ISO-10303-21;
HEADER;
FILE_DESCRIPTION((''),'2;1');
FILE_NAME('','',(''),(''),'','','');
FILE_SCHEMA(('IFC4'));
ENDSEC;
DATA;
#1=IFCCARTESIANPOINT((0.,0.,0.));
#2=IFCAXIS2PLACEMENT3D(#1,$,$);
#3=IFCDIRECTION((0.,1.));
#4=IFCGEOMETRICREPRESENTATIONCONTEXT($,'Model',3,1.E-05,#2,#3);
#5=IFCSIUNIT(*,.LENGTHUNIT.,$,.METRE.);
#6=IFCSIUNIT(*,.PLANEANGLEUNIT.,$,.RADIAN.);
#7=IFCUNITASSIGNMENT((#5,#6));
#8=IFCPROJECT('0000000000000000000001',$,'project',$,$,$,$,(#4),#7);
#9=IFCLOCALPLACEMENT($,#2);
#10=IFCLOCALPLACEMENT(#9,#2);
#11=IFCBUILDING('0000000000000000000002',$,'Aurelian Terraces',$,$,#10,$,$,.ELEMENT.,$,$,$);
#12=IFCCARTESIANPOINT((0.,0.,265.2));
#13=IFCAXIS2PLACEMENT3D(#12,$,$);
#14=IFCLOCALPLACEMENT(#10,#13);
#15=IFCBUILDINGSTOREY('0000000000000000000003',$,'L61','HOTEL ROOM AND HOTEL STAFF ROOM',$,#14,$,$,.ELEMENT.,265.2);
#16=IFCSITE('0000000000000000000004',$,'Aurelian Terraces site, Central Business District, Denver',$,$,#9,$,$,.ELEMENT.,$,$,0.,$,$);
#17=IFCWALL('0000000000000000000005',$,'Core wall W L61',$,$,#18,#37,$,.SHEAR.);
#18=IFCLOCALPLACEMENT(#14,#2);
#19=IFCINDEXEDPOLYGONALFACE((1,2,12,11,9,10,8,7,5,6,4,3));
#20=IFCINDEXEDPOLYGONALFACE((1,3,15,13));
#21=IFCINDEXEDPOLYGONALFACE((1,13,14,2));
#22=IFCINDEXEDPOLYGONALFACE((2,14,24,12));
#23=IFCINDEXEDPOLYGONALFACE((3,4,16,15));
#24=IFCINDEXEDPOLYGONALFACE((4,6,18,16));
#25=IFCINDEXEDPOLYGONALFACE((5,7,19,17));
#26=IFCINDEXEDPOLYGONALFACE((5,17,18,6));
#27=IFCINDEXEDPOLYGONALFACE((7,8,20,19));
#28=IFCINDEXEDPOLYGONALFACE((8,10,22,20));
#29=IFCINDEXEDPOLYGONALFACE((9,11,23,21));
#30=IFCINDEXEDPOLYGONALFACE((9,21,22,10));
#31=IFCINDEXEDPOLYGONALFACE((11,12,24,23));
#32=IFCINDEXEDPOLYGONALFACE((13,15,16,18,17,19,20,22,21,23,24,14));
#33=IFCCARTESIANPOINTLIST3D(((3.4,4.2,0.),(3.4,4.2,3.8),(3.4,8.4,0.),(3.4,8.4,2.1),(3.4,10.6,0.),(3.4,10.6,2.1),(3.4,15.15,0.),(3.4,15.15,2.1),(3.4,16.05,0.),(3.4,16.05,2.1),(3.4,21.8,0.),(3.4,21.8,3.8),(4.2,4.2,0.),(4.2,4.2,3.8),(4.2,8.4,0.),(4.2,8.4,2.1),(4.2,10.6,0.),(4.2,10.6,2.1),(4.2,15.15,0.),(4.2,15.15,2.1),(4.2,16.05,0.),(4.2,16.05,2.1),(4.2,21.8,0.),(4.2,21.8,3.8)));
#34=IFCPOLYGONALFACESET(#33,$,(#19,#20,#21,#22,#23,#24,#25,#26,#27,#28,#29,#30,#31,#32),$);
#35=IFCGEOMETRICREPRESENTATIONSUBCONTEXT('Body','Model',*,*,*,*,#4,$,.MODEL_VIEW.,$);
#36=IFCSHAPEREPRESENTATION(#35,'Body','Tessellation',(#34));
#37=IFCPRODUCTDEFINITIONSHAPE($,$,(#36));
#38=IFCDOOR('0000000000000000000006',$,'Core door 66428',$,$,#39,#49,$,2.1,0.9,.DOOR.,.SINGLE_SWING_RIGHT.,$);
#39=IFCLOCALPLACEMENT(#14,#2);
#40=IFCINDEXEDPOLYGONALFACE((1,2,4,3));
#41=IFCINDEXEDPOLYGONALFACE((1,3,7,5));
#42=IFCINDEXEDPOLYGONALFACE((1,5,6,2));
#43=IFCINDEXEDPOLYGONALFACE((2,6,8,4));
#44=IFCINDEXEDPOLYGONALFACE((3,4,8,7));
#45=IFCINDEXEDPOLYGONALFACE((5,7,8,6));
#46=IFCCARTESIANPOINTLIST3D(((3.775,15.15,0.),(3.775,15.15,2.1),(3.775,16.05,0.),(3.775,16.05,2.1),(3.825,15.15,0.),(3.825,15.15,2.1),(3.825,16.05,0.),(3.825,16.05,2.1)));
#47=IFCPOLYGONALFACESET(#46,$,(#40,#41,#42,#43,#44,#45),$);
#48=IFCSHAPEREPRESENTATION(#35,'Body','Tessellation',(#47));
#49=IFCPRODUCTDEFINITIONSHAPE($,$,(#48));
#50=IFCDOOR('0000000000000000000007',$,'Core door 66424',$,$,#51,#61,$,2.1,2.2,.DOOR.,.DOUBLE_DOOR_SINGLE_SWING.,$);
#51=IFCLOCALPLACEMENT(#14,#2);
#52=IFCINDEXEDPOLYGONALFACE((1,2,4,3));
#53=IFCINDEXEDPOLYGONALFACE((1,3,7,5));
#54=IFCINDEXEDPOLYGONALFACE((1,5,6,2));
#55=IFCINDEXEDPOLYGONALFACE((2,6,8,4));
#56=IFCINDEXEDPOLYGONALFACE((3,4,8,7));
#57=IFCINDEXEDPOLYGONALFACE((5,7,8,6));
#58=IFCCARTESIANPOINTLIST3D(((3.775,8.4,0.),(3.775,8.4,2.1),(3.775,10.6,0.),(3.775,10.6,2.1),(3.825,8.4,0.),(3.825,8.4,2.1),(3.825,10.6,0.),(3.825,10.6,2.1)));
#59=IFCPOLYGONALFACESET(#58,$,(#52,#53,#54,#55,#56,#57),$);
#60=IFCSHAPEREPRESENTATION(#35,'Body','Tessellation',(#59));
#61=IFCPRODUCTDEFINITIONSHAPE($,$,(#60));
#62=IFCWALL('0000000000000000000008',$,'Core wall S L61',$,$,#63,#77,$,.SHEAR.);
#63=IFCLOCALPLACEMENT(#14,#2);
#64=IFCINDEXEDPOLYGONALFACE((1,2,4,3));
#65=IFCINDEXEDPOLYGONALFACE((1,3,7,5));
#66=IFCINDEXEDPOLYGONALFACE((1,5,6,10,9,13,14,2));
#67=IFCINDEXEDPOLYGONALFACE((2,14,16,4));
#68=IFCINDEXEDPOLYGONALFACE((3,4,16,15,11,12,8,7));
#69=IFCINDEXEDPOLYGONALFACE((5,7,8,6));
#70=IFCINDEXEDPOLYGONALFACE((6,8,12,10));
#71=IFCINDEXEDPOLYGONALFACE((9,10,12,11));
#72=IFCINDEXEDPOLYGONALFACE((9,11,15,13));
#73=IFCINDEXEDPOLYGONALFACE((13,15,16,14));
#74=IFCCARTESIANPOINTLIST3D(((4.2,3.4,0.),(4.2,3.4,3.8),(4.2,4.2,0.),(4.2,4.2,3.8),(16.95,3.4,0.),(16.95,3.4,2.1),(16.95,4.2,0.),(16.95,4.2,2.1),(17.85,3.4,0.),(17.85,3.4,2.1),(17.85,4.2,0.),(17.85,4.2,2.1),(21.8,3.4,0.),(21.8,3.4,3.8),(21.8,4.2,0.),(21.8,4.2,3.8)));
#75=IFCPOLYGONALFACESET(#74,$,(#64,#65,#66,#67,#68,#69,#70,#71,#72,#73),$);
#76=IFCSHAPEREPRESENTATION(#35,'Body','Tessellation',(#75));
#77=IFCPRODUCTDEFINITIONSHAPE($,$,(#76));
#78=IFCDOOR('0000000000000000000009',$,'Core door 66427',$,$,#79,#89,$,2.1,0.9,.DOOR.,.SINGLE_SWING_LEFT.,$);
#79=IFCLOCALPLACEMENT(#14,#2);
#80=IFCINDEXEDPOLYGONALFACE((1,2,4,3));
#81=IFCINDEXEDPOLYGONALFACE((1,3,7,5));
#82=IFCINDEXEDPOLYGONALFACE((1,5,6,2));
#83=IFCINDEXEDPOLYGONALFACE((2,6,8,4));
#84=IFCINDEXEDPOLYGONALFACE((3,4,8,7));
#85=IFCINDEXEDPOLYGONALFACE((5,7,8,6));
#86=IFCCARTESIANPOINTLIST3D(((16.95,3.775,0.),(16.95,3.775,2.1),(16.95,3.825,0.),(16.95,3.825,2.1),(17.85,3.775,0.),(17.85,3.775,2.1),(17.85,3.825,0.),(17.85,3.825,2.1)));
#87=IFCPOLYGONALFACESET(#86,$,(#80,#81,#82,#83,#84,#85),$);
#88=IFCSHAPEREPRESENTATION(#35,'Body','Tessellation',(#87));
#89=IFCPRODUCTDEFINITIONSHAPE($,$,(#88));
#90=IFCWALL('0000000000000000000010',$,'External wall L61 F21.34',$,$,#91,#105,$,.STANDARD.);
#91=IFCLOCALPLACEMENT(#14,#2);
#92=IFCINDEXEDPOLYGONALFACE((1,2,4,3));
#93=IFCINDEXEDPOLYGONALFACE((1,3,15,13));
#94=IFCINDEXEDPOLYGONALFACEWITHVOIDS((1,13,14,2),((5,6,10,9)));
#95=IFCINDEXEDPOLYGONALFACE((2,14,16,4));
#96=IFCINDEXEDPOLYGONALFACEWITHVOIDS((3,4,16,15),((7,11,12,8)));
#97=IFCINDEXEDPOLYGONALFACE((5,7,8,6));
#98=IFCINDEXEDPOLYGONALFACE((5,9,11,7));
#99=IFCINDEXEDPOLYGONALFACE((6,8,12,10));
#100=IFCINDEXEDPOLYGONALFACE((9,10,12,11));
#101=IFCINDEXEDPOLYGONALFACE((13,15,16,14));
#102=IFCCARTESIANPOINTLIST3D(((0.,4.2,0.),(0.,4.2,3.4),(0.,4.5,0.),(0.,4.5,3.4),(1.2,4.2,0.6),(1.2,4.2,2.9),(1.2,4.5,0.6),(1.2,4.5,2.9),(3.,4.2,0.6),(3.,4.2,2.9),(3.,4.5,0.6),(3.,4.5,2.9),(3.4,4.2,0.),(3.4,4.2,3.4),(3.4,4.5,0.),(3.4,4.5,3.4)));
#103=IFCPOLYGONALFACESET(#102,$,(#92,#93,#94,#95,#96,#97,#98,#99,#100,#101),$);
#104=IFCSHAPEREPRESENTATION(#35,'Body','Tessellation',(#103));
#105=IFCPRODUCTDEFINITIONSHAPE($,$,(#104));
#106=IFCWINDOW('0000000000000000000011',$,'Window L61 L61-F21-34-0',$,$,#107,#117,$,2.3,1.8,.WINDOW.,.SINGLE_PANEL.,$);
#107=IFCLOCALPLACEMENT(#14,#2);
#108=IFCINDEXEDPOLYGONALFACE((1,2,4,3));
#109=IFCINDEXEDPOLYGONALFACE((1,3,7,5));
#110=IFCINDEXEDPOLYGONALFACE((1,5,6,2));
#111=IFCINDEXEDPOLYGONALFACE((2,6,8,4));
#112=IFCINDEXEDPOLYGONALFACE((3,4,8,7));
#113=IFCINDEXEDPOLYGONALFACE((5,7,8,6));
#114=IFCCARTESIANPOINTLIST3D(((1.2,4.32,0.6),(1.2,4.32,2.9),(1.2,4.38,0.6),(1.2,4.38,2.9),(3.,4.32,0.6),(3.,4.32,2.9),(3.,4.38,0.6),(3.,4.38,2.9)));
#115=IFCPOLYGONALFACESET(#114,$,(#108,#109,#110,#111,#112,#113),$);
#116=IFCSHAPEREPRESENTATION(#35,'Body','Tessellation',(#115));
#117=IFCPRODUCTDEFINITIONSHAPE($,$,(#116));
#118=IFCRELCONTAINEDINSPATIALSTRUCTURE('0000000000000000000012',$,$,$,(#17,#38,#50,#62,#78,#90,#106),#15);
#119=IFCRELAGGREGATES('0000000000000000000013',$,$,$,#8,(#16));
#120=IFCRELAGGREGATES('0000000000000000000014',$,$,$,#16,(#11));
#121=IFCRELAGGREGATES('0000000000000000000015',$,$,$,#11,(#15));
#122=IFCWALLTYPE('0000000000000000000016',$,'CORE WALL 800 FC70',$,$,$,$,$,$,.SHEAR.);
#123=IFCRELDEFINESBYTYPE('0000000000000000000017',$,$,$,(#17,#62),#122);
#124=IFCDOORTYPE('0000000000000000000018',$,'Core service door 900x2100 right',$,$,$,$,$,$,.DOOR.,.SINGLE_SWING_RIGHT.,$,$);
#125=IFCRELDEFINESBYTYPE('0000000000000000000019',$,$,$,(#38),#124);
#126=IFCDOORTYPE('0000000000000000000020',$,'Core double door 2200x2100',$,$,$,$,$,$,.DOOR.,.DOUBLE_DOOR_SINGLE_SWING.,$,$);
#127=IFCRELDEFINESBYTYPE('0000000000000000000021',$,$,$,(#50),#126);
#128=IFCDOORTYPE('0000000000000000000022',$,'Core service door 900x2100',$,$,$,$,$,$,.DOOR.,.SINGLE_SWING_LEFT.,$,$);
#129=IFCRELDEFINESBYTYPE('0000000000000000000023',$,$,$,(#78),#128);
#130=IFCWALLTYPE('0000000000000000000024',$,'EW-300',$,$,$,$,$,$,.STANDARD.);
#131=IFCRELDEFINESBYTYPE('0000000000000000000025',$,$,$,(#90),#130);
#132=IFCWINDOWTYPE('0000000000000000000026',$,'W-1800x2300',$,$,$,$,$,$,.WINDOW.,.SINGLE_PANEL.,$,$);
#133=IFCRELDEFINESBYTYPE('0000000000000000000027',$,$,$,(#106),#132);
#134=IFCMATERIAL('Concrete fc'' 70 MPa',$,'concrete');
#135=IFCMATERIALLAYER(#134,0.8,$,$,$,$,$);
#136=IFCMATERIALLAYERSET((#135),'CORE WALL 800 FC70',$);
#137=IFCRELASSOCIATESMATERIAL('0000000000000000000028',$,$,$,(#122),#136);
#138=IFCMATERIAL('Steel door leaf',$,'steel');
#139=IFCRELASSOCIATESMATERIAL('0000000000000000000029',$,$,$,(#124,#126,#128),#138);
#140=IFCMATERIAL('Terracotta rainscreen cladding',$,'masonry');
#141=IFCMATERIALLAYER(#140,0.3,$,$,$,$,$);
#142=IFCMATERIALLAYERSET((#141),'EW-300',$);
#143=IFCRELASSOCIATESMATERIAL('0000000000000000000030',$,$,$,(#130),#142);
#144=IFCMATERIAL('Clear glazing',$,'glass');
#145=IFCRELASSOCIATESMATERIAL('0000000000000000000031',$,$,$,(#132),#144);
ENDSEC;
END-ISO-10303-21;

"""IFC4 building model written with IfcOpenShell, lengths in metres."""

from ifc_helpers import new_model, si_unit, direction, frame, frame_2d, origin, place, context, subcontext, project, spatial, rectangle, extrude, source, transform, mapped, material, layer, layer_set, type_object, element, fill, save


model = new_model("IFC4")

# Units and contexts
model_context = context("Model", 3, precision=1e-05, world=origin(), true_north=direction((0.0, 1.0)))
body_context = subcontext(model_context, "Body", "Model", "MODEL_VIEW")
ifc_project = project(units=[si_unit("LENGTHUNIT", "METRE"), si_unit("PLANEANGLEUNIT", "RADIAN")], contexts=[model_context])

# Site, building, storey
site_placement = place(None, origin())
site = spatial("IfcSite", under=ifc_project, at=site_placement, Name="Aurelian Terraces site, Central Business District, Denver", CompositionType="ELEMENT", RefElevation=0.0)
building_placement = place(site_placement, origin())
building = spatial("IfcBuilding", under=site, at=building_placement, Name="Aurelian Terraces", CompositionType="ELEMENT")
storey_placement = place(building_placement, frame((0.0, 0.0, 265.2)))
storey = spatial("IfcBuildingStorey", under=building, at=storey_placement, Name="L61", Description="HOTEL ROOM AND HOTEL STAFF ROOM", CompositionType="ELEMENT", Elevation=265.2)

# Shared definitions
ifc_material_1 = material(Name="Concrete fc' 70 MPa", Category="concrete")

# Wall, openings, doors
ifc_layer_1 = layer(ifc_material_1, 0.8)
ifc_layer_set_1 = layer_set([ifc_layer_1], Name="CORE WALL 800 FC70")
wall_type_1 = type_object("IfcWallType", Name="CORE WALL 800 FC70", PredefinedType="SHEAR", material=ifc_layer_set_1)
shared_shape_1 = source(origin(), body_context, "Body", "SweptSolid", [
    extrude(rectangle(XDim=17.6, YDim=0.8, at=frame_2d((8.8, 0.0))), origin(), (0.0, 0.0, 1.0), 3.8),
])
wall_1_placement = place(storey_placement, frame((3.8, 4.2, 0.0), z_axis=(0.0, 0.0, 1.0), x_axis=(0.0, 1.0, 0.0)))
wall_1 = element("IfcWall", 1, at=wall_1_placement, inside=storey, type_object=wall_type_1, Name="Core wall W L61", PredefinedType="SHEAR", context=body_context, shape_type="MappedRepresentation", body=[
    mapped(shared_shape_1, transform((0.0, 0.0, 0.0), scale=1.0)),
])
shared_shape_2 = source(origin(), body_context, "Body", "SweptSolid", [
    extrude(rectangle(XDim=2.2, YDim=2.1, at=frame_2d((1.1, 1.05))), frame((0.0, 0.41, 0.0), z_axis=(0.0, -1.0, 0.0), x_axis=(1.0, 0.0, 0.0)), (0.0, 0.0, 1.0), 0.82),
])
opening_1_placement = place(wall_1_placement, frame((4.2, 0.0, 0.0)))
opening_1 = element("IfcOpeningElement", 2, at=opening_1_placement, cuts=wall_1, PredefinedType="OPENING", context=body_context, shape_type="MappedRepresentation", body=[
    mapped(shared_shape_2, transform((0.0, 0.0, 0.0), scale=1.0)),
])
shared_shape_3 = source(origin(), body_context, "Body", "SweptSolid", [
    extrude(rectangle(XDim=0.9, YDim=2.1, at=frame_2d((0.45, 1.05))), frame((0.0, 0.41, 0.0), z_axis=(0.0, -1.0, 0.0), x_axis=(1.0, 0.0, 0.0)), (0.0, 0.0, 1.0), 0.82),
])
opening_2_placement = place(wall_1_placement, frame((10.95, 0.0, 0.0)))
opening_2 = element("IfcOpeningElement", 3, at=opening_2_placement, cuts=wall_1, PredefinedType="OPENING", context=body_context, shape_type="MappedRepresentation", body=[
    mapped(shared_shape_3, transform((0.0, 0.0, 0.0), scale=1.0)),
])
ifc_material_2 = material(Name="Steel door leaf", Category="steel")
door_type_1 = type_object("IfcDoorType", Name="Core service door 900x2100 right", OperationType="SINGLE_SWING_RIGHT", PredefinedType="DOOR", material=ifc_material_2)
shared_shape_4 = source(origin(), body_context, "Body", "SweptSolid", [
    extrude(rectangle(XDim=0.9, YDim=2.1, at=frame_2d((0.45, 1.05))), frame((0.0, 0.025, 0.0), z_axis=(0.0, -1.0, 0.0), x_axis=(1.0, 0.0, 0.0)), (0.0, 0.0, 1.0), 0.05),
])
door_1_placement = place(opening_2_placement, origin())
door_1 = element("IfcDoor", 4, at=door_1_placement, inside=storey, type_object=door_type_1, Name="Core door 66428", OperationType="SINGLE_SWING_RIGHT", OverallHeight=2.1, OverallWidth=0.9, PredefinedType="DOOR", context=body_context, shape_type="MappedRepresentation", body=[
    mapped(shared_shape_4, transform((0.0, 0.0, 0.0), scale=1.0)),
])
fill(opening_2, door_1)
door_type_2 = type_object("IfcDoorType", Name="Core double door 2200x2100", OperationType="DOUBLE_DOOR_SINGLE_SWING", PredefinedType="DOOR", material=ifc_material_2)
shared_shape_5 = source(origin(), body_context, "Body", "SweptSolid", [
    extrude(rectangle(XDim=2.2, YDim=2.1, at=frame_2d((1.1, 1.05))), frame((0.0, 0.025, 0.0), z_axis=(0.0, -1.0, 0.0), x_axis=(1.0, 0.0, 0.0)), (0.0, 0.0, 1.0), 0.05),
])
door_2_placement = place(opening_1_placement, origin())
door_2 = element("IfcDoor", 5, at=door_2_placement, inside=storey, type_object=door_type_2, Name="Core door 66424", OperationType="DOUBLE_DOOR_SINGLE_SWING", OverallHeight=2.1, OverallWidth=2.2, PredefinedType="DOOR", context=body_context, shape_type="MappedRepresentation", body=[
    mapped(shared_shape_5, transform((0.0, 0.0, 0.0), scale=1.0)),
])
fill(opening_1, door_2)

# Wall, opening, door
wall_2_placement = place(storey_placement, frame((4.2, 3.8, 0.0), z_axis=(0.0, 0.0, 1.0), x_axis=(1.0, 0.0, 0.0)))
wall_2 = element("IfcWall", 6, at=wall_2_placement, inside=storey, type_object=wall_type_1, Name="Core wall S L61", PredefinedType="SHEAR", context=body_context, shape_type="MappedRepresentation", body=[
    mapped(shared_shape_1, transform((0.0, 0.0, 0.0), scale=1.0)),
])
opening_3_placement = place(wall_2_placement, frame((12.75, 0.0, 0.0)))
opening_3 = element("IfcOpeningElement", 7, at=opening_3_placement, cuts=wall_2, PredefinedType="OPENING", context=body_context, shape_type="MappedRepresentation", body=[
    mapped(shared_shape_3, transform((0.0, 0.0, 0.0), scale=1.0)),
])
door_type_3 = type_object("IfcDoorType", Name="Core service door 900x2100", OperationType="SINGLE_SWING_LEFT", PredefinedType="DOOR", material=ifc_material_2)
door_3_placement = place(opening_3_placement, origin())
door_3 = element("IfcDoor", 8, at=door_3_placement, inside=storey, type_object=door_type_3, Name="Core door 66427", OperationType="SINGLE_SWING_LEFT", OverallHeight=2.1, OverallWidth=0.9, PredefinedType="DOOR", context=body_context, shape_type="MappedRepresentation", body=[
    mapped(shared_shape_4, transform((0.0, 0.0, 0.0), scale=1.0)),
])
fill(opening_3, door_3)

# Wall, opening, window
ifc_material_3 = material(Name="Terracotta rainscreen cladding", Category="masonry")
ifc_layer_2 = layer(ifc_material_3, 0.3)
ifc_layer_set_2 = layer_set([ifc_layer_2], Name="EW-300")
wall_type_2 = type_object("IfcWallType", Name="EW-300", PredefinedType="STANDARD", material=ifc_layer_set_2)
shared_shape_6 = source(origin(), body_context, "Body", "SweptSolid", [
    extrude(rectangle(XDim=3.4, YDim=0.3, at=frame_2d((1.7, 0.0))), origin(), (0.0, 0.0, 1.0), 3.4),
])
wall_3_placement = place(storey_placement, frame((0.0, 4.35, 0.0), z_axis=(0.0, 0.0, 1.0), x_axis=(1.0, 0.0, 0.0)))
wall_3 = element("IfcWall", 9, at=wall_3_placement, inside=storey, type_object=wall_type_2, Name="External wall L61 F21.34", PredefinedType="STANDARD", context=body_context, shape_type="MappedRepresentation", body=[
    mapped(shared_shape_6, transform((0.0, 0.0, 0.0), scale=1.0)),
])
shared_shape_7 = source(origin(), body_context, "Body", "SweptSolid", [
    extrude(rectangle(XDim=1.8, YDim=2.3, at=frame_2d((0.9, 1.15))), frame((0.0, 0.16, 0.0), z_axis=(0.0, -1.0, 0.0), x_axis=(1.0, 0.0, 0.0)), (0.0, 0.0, 1.0), 0.32),
])
opening_4_placement = place(wall_3_placement, frame((1.2, 0.0, 0.6)))
opening_4 = element("IfcOpeningElement", 10, at=opening_4_placement, cuts=wall_3, PredefinedType="OPENING", context=body_context, shape_type="MappedRepresentation", body=[
    mapped(shared_shape_7, transform((0.0, 0.0, 0.0), scale=1.0)),
])
ifc_material_4 = material(Name="Clear glazing", Category="glass")
window_type_1 = type_object("IfcWindowType", Name="W-1800x2300", PartitioningType="SINGLE_PANEL", PredefinedType="WINDOW", material=ifc_material_4)
shared_shape_8 = source(origin(), body_context, "Body", "SweptSolid", [
    extrude(rectangle(XDim=1.8, YDim=2.3, at=frame_2d((0.9, 1.15))), frame((0.0, 0.03, 0.0), z_axis=(0.0, -1.0, 0.0), x_axis=(1.0, 0.0, 0.0)), (0.0, 0.0, 1.0), 0.06),
])
window_1_placement = place(opening_4_placement, origin())
window_1 = element("IfcWindow", 11, at=window_1_placement, inside=storey, type_object=window_type_1, Name="Window L61 L61-F21-34-0", OverallHeight=2.3, OverallWidth=1.8, PartitioningType="SINGLE_PANEL", PredefinedType="WINDOW", context=body_context, shape_type="MappedRepresentation", body=[
    mapped(shared_shape_8, transform((0.0, 0.0, 0.0), scale=1.0)),
])
fill(opening_4, window_1)

save(model, "model.ifc")
